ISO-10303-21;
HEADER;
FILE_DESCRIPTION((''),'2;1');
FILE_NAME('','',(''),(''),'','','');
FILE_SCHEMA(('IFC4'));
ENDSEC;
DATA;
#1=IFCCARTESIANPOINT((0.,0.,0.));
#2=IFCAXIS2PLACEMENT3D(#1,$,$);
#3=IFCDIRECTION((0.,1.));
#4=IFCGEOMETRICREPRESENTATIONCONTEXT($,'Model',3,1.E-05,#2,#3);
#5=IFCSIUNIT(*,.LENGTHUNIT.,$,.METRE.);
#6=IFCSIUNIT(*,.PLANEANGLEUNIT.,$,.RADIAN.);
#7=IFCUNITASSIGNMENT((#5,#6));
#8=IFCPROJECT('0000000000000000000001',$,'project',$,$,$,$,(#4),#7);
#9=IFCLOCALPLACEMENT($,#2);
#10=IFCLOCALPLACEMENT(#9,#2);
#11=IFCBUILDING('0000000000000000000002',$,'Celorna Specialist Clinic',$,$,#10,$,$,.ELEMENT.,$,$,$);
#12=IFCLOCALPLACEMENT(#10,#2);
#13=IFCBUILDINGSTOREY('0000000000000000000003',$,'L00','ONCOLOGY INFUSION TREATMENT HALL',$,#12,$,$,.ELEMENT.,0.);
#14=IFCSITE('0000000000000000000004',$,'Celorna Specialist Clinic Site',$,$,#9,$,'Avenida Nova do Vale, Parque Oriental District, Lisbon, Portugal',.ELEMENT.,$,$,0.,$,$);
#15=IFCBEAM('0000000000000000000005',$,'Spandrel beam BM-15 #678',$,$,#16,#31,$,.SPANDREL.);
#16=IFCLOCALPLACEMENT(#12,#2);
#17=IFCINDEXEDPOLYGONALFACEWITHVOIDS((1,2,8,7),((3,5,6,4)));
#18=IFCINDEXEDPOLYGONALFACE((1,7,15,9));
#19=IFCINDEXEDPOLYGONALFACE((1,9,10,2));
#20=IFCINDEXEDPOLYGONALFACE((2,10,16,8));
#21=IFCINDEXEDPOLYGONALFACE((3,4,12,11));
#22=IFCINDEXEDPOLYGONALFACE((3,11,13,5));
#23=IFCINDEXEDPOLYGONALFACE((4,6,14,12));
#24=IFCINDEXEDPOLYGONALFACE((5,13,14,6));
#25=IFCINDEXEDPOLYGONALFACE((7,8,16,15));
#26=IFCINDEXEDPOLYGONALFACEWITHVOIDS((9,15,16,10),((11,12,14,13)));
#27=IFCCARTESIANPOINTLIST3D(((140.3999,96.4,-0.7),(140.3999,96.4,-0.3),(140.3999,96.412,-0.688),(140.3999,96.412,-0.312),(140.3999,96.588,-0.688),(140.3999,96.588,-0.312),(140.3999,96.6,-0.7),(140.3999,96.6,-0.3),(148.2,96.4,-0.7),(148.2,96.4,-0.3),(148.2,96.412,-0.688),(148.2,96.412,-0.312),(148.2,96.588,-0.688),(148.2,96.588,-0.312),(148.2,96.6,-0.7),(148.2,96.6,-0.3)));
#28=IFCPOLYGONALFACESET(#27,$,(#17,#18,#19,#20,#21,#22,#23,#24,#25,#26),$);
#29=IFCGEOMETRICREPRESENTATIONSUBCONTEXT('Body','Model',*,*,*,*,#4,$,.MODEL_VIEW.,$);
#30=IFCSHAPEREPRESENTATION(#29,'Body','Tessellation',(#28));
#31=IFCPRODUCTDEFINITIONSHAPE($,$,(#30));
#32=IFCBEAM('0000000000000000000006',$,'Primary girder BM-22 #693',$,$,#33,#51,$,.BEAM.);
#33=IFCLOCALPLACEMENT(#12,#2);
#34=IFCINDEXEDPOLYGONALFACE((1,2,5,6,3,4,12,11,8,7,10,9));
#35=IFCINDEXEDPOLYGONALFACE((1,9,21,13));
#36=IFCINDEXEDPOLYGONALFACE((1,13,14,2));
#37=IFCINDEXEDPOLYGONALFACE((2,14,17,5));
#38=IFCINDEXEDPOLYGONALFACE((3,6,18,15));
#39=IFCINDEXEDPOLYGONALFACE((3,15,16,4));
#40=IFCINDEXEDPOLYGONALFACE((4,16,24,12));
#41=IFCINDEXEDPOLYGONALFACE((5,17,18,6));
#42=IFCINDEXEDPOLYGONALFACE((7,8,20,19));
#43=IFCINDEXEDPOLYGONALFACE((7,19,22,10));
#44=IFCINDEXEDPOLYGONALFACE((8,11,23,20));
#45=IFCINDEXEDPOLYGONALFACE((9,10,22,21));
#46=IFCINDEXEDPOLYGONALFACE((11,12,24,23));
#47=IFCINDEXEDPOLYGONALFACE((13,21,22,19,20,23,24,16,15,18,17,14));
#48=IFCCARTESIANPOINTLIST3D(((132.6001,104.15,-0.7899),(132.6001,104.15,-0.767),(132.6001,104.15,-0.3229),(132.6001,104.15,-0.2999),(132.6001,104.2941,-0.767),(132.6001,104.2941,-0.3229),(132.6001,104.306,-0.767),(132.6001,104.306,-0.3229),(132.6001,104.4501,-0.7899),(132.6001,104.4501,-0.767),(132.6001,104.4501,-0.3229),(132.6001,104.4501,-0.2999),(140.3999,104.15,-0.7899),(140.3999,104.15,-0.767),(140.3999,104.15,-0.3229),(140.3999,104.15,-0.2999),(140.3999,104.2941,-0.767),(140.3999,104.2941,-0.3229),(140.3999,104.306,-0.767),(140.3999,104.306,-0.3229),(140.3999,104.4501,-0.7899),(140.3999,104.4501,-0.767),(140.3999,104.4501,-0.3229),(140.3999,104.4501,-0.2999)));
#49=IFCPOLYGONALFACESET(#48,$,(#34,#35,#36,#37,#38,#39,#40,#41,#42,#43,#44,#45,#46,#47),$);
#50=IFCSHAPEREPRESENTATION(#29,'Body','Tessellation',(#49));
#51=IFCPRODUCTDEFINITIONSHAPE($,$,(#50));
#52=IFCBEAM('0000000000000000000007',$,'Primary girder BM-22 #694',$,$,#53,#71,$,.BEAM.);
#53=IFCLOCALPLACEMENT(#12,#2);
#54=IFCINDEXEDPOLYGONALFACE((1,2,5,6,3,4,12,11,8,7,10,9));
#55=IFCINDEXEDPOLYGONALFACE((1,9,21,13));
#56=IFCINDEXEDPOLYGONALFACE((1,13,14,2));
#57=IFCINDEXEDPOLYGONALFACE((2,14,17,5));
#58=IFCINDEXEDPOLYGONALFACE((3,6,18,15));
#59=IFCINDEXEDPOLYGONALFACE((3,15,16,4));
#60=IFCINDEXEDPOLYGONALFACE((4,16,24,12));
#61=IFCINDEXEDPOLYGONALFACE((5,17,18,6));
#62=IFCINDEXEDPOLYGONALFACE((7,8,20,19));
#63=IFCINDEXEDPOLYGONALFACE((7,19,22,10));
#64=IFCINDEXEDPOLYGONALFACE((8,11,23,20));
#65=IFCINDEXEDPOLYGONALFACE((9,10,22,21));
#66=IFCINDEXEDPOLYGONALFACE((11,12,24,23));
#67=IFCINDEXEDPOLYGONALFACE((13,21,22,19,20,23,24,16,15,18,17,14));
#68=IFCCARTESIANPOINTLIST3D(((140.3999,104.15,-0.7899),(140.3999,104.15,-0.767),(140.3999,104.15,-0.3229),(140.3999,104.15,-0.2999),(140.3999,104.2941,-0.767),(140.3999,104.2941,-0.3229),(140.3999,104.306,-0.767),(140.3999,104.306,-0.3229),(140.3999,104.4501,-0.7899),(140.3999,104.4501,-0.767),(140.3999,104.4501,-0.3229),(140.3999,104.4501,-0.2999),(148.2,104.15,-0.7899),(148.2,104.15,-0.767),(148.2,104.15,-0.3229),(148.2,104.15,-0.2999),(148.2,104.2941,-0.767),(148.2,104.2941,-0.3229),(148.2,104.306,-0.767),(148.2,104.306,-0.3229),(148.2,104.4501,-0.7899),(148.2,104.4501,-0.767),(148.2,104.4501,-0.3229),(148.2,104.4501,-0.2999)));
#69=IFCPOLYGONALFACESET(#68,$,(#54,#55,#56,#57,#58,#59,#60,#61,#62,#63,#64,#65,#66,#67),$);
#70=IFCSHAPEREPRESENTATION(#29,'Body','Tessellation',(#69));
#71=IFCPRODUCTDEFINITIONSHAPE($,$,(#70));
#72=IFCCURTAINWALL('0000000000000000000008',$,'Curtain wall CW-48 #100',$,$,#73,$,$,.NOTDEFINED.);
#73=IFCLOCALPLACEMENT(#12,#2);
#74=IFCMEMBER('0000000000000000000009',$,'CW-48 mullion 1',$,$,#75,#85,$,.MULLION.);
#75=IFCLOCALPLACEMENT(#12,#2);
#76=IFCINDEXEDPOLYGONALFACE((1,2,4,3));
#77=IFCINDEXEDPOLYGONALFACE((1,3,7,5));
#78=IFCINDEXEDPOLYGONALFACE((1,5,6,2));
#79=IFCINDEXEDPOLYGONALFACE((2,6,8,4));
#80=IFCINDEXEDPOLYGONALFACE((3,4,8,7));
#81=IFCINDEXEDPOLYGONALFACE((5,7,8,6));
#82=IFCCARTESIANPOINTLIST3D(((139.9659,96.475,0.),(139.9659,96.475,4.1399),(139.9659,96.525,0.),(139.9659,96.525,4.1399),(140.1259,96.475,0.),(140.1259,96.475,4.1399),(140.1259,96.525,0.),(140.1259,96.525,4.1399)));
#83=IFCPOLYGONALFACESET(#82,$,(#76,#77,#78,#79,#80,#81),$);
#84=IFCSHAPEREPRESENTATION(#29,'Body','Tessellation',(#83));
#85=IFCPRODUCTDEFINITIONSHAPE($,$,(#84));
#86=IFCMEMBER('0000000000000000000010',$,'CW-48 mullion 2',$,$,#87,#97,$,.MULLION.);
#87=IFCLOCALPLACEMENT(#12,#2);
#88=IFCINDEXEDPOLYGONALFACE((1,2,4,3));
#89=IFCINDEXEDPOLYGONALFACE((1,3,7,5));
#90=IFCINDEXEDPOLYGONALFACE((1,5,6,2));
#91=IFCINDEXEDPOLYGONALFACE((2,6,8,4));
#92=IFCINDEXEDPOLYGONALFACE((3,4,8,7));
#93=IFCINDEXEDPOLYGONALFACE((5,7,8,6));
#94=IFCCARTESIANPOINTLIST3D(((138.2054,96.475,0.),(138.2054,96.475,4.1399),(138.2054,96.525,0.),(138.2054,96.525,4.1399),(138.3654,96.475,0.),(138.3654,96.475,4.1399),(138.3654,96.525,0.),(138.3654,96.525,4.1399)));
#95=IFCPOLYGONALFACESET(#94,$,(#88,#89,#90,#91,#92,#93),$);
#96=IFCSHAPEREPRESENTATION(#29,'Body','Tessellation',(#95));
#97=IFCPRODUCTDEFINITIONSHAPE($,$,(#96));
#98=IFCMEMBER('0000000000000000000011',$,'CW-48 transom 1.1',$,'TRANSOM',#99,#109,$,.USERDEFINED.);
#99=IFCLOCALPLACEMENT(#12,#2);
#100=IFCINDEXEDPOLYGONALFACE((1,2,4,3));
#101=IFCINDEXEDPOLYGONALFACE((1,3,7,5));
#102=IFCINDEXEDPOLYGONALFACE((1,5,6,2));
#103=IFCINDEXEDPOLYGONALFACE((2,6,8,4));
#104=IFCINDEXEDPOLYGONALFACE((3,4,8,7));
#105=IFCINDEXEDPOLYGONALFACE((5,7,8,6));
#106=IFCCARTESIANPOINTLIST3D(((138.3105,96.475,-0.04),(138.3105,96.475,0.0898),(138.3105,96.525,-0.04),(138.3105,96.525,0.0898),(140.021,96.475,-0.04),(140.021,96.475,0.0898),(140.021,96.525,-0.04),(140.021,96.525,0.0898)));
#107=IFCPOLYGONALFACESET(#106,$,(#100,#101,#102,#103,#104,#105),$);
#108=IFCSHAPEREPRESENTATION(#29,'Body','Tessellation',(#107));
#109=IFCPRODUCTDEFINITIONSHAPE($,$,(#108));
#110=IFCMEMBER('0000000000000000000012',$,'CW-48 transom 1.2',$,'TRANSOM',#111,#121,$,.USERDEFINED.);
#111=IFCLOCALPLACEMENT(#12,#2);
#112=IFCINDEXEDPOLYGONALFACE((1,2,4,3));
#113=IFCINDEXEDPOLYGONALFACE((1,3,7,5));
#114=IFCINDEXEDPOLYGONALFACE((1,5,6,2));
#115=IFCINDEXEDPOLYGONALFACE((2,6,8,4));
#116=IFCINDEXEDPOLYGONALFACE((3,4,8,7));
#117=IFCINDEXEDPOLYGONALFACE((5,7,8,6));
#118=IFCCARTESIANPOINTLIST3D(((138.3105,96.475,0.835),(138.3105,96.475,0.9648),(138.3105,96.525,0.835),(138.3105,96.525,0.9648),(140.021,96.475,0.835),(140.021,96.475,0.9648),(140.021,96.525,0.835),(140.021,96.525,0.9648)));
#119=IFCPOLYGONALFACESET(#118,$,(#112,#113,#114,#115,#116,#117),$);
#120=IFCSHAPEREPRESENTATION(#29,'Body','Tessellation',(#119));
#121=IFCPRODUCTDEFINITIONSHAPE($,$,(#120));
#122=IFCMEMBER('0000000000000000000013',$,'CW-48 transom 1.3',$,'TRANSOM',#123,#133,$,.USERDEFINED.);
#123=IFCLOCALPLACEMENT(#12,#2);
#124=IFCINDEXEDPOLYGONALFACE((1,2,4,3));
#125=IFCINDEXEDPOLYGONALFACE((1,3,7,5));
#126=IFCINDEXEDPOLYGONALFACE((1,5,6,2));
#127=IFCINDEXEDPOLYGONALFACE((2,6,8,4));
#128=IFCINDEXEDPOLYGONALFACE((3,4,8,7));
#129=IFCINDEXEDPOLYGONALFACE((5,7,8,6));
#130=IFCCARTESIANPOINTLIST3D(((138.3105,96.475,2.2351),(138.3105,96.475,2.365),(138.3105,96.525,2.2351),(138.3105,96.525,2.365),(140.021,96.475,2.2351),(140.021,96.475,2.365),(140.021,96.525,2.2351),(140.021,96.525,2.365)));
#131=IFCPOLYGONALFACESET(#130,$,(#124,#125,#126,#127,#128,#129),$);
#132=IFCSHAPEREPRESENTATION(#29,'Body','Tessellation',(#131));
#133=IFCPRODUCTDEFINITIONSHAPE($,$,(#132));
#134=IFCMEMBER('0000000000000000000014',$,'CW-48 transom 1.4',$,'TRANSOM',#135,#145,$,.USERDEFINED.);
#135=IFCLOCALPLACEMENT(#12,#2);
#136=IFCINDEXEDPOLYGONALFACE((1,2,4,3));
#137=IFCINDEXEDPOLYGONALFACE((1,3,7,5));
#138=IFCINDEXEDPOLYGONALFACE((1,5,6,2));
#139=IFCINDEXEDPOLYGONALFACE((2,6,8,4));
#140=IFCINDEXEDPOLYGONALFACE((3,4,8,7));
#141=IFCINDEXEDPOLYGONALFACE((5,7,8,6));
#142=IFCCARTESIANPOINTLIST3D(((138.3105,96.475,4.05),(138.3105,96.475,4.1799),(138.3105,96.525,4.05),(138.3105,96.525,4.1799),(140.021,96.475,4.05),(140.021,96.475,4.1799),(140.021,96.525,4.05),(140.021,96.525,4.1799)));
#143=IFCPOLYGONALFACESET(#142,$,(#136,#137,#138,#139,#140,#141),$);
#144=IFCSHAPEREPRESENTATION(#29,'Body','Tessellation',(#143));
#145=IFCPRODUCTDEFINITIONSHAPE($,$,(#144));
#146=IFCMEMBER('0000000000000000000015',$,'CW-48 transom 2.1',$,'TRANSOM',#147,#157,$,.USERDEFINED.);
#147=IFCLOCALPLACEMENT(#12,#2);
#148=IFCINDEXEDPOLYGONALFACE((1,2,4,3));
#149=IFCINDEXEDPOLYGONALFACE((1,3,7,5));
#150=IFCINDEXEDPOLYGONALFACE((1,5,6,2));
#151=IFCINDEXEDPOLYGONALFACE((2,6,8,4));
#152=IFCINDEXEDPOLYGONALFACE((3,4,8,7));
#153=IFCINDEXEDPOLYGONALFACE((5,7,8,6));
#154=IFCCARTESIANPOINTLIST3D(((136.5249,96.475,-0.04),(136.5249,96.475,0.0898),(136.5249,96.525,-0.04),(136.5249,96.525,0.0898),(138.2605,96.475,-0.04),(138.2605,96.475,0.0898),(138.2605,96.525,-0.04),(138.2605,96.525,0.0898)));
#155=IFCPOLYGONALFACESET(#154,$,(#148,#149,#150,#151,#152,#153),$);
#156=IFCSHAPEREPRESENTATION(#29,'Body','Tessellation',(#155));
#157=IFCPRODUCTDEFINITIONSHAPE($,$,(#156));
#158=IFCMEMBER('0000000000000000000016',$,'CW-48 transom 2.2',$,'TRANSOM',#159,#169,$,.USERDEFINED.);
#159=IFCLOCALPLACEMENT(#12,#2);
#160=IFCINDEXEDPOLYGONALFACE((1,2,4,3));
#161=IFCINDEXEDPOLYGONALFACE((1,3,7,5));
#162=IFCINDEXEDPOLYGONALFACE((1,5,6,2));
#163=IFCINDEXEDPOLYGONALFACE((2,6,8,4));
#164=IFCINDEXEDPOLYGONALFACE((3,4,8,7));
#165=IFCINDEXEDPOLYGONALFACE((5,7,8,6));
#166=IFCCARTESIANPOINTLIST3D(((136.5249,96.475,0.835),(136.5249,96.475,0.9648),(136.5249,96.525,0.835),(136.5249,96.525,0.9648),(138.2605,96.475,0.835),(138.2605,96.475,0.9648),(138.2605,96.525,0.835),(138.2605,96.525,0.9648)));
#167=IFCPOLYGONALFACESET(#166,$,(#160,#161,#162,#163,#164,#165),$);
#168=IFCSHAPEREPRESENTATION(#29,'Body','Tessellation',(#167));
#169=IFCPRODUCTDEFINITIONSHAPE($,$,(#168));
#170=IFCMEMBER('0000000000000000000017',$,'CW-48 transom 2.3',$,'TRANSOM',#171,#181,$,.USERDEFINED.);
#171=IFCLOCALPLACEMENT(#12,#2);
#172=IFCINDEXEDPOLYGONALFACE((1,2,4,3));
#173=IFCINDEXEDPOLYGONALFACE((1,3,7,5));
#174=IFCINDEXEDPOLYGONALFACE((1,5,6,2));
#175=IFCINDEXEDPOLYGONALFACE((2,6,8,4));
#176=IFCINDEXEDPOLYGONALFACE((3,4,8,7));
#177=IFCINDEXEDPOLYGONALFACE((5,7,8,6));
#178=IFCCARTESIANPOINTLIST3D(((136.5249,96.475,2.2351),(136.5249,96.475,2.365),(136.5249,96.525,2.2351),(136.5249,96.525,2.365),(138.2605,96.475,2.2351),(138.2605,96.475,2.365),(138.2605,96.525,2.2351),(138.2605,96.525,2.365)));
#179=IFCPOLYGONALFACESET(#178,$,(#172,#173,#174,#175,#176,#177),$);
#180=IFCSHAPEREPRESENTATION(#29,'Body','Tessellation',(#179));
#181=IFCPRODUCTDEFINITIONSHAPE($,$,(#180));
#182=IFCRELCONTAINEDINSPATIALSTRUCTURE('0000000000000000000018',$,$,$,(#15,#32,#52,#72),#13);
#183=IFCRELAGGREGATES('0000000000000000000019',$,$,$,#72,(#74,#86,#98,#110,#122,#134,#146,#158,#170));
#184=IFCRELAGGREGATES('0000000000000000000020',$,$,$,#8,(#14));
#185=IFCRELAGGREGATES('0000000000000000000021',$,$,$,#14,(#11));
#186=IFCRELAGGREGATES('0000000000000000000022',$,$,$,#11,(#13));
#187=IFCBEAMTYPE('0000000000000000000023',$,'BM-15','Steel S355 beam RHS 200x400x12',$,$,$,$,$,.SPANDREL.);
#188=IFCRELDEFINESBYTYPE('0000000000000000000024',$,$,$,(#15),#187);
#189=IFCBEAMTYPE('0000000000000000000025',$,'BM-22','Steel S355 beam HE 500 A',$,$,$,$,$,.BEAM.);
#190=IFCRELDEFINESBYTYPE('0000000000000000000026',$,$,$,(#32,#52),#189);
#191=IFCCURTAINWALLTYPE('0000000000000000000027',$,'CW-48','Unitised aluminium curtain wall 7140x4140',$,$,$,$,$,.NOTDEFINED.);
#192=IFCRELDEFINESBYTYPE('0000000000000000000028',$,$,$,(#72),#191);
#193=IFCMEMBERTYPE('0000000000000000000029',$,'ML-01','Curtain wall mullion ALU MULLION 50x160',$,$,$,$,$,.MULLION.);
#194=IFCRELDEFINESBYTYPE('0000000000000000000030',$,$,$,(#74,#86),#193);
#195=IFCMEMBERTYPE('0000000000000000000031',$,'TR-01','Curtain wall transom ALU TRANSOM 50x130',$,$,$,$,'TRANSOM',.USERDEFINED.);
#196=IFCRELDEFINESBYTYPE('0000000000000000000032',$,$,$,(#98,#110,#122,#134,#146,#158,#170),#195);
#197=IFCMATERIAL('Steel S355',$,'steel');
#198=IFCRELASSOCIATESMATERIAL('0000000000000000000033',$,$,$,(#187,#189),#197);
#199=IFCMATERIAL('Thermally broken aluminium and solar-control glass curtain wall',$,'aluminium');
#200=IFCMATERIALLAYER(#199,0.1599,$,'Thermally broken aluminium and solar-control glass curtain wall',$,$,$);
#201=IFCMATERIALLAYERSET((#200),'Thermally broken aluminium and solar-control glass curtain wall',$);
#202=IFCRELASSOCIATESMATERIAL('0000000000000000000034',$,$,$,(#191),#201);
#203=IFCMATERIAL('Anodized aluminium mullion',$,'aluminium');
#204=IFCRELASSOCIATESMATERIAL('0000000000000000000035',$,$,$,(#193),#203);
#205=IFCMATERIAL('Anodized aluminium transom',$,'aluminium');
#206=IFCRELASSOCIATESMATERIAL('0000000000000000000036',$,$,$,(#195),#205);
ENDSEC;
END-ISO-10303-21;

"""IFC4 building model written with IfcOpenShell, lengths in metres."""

from ifc_helpers import new_model, si_unit, direction, frame, origin, origin_2d, place, context, subcontext, project, spatial, rectangle, hollow_rectangle, i_section, extrude, material, layer, layer_set, material_profile, profile_set, type_object, element, aggregate, save


model = new_model("IFC4")

# Units and contexts
model_context = context("Model", 3, precision=1e-05, world=origin(), true_north=direction((0.0, 1.0)))
body_context = subcontext(model_context, "Body", "Model", "MODEL_VIEW")
ifc_project = project(units=[si_unit("LENGTHUNIT", "METRE"), si_unit("PLANEANGLEUNIT", "RADIAN")], contexts=[model_context])

# Site, building, storey
site_placement = place(None, origin())
site = spatial("IfcSite", under=ifc_project, at=site_placement, Name="Celorna Specialist Clinic Site", LongName="Avenida Nova do Vale, Parque Oriental District, Lisbon, Portugal", CompositionType="ELEMENT", RefElevation=0.0)
building_placement = place(site_placement, origin())
building = spatial("IfcBuilding", under=site, at=building_placement, Name="Celorna Specialist Clinic", CompositionType="ELEMENT")
storey_placement = place(building_placement, origin())
storey = spatial("IfcBuildingStorey", under=building, at=storey_placement, Name="L00", Description="ONCOLOGY INFUSION TREATMENT HALL", CompositionType="ELEMENT", Elevation=0.0)

# Beams
ifc_material_1 = material(Name="Steel S355", Category="steel")
ifc_material_profile_1 = material_profile(ifc_material_1, hollow_rectangle(XDim=0.2, YDim=0.3999, WallThickness=0.012, at=origin_2d()), Name="RHS 200x400x12")
ifc_profile_set_1 = profile_set([ifc_material_profile_1], Name="Steel S355")
beam_type_1 = type_object("IfcBeamType", Name="BM-15", Description="Steel S355 beam RHS 200x400x12", PredefinedType="SPANDREL", material=ifc_profile_set_1)
beam_1_placement = place(storey_placement, frame((140.3999, 96.5, -0.5), z_axis=(1.0, 0.0, 0.0), x_axis=(0.0, 1.0, 0.0)))
element("IfcBeam", 1, at=beam_1_placement, inside=storey, type_object=beam_type_1, Name="Spandrel beam BM-15 #678", PredefinedType="SPANDREL", context=body_context, shape_type="SweptSolid", body=[
    extrude(hollow_rectangle(XDim=0.2, YDim=0.3999, WallThickness=0.012, at=origin_2d()), origin(), (0.0, 0.0, 1.0), 7.8),
])
ifc_material_profile_2 = material_profile(ifc_material_1, i_section(OverallWidth=0.3, OverallDepth=0.49, WebThickness=0.012, FlangeThickness=0.0229, at=origin_2d()), Name="HE 500 A")
ifc_profile_set_2 = profile_set([ifc_material_profile_2], Name="Steel S355")
beam_type_2 = type_object("IfcBeamType", Name="BM-22", Description="Steel S355 beam HE 500 A", PredefinedType="BEAM", material=ifc_profile_set_2)
beam_2_placement = place(storey_placement, frame((132.6001, 104.3, -0.5449), z_axis=(1.0, 0.0, 0.0), x_axis=(0.0, 1.0, 0.0)))
element("IfcBeam", 2, at=beam_2_placement, inside=storey, type_object=beam_type_2, Name="Primary girder BM-22 #693", PredefinedType="BEAM", context=body_context, shape_type="SweptSolid", body=[
    extrude(i_section(OverallWidth=0.3, OverallDepth=0.49, WebThickness=0.012, FlangeThickness=0.0229, at=origin_2d()), origin(), (0.0, 0.0, 1.0), 7.7998),
])
beam_3_placement = place(storey_placement, frame((140.3999, 104.3, -0.5449), z_axis=(1.0, 0.0, 0.0), x_axis=(0.0, 1.0, 0.0)))
element("IfcBeam", 3, at=beam_3_placement, inside=storey, type_object=beam_type_2, Name="Primary girder BM-22 #694", PredefinedType="BEAM", context=body_context, shape_type="SweptSolid", body=[
    extrude(i_section(OverallWidth=0.3, OverallDepth=0.49, WebThickness=0.012, FlangeThickness=0.0229, at=origin_2d()), origin(), (0.0, 0.0, 1.0), 7.8),
])

# Curtain wall, members
ifc_material_2 = material(Name="Thermally broken aluminium and solar-control glass curtain wall", Category="aluminium")
ifc_layer_1 = layer(ifc_material_2, 0.1599, Name="Thermally broken aluminium and solar-control glass curtain wall")
ifc_layer_set_1 = layer_set([ifc_layer_1], Name="Thermally broken aluminium and solar-control glass curtain wall")
curtain_wall_type = type_object("IfcCurtainWallType", Name="CW-48", Description="Unitised aluminium curtain wall 7140x4140", PredefinedType="NOTDEFINED", material=ifc_layer_set_1)
curtain_wall_placement = place(storey_placement, origin())
curtain_wall = element("IfcCurtainWall", 4, at=curtain_wall_placement, inside=storey, type_object=curtain_wall_type, Name="Curtain wall CW-48 #100", PredefinedType="NOTDEFINED")
ifc_material_3 = material(Name="Anodized aluminium mullion", Category="aluminium")
ifc_material_profile_3 = material_profile(ifc_material_3, rectangle(XDim=0.05, YDim=0.1599, at=origin_2d()), Name="ALU MULLION 50x160")
ifc_profile_set_3 = profile_set([ifc_material_profile_3], Name="Anodized aluminium mullion")
member_type_1 = type_object("IfcMemberType", Name="ML-01", Description="Curtain wall mullion ALU MULLION 50x160", PredefinedType="MULLION", material=ifc_profile_set_3)
member_1_placement = place(storey_placement, frame((140.0459, 96.5, 0.0), z_axis=(0.0, 0.0, 1.0), x_axis=(0.0, -1.0, 0.0)))
member_1 = element("IfcMember", 5, at=member_1_placement, type_object=member_type_1, Name="CW-48 mullion 1", PredefinedType="MULLION", context=body_context, shape_type="SweptSolid", body=[
    extrude(rectangle(XDim=0.05, YDim=0.1599, at=origin_2d()), origin(), (0.0, 0.0, 1.0), 4.1399),
])
member_2_placement = place(storey_placement, frame((138.2854, 96.5, 0.0), z_axis=(0.0, 0.0, 1.0), x_axis=(0.0, -1.0, 0.0)))
member_2 = element("IfcMember", 6, at=member_2_placement, type_object=member_type_1, Name="CW-48 mullion 2", PredefinedType="MULLION", context=body_context, shape_type="SweptSolid", body=[
    extrude(rectangle(XDim=0.05, YDim=0.1599, at=origin_2d()), origin(), (0.0, 0.0, 1.0), 4.1399),
])
ifc_material_4 = material(Name="Anodized aluminium transom", Category="aluminium")
ifc_material_profile_4 = material_profile(ifc_material_4, rectangle(XDim=0.05, YDim=0.1299, at=origin_2d()), Name="ALU TRANSOM 50x130")
ifc_profile_set_4 = profile_set([ifc_material_profile_4], Name="Anodized aluminium transom")
member_type_2 = type_object("IfcMemberType", Name="TR-01", Description="Curtain wall transom ALU TRANSOM 50x130", ElementType="TRANSOM", PredefinedType="USERDEFINED", material=ifc_profile_set_4)
member_3_placement = place(storey_placement, frame((140.021, 96.5, 0.0249), z_axis=(-1.0, 0.0, 0.0), x_axis=(0.0, -1.0, 0.0)))
member_3 = element("IfcMember", 7, at=member_3_placement, type_object=member_type_2, Name="CW-48 transom 1.1", ObjectType="TRANSOM", PredefinedType="USERDEFINED", context=body_context, shape_type="SweptSolid", body=[
    extrude(rectangle(XDim=0.05, YDim=0.1299, at=origin_2d()), origin(), (0.0, 0.0, 1.0), 1.7104),
])
member_4_placement = place(storey_placement, frame((140.021, 96.5, 0.8999), z_axis=(-1.0, 0.0, 0.0), x_axis=(0.0, -1.0, 0.0)))
member_4 = element("IfcMember", 8, at=member_4_placement, type_object=member_type_2, Name="CW-48 transom 1.2", ObjectType="TRANSOM", PredefinedType="USERDEFINED", context=body_context, shape_type="SweptSolid", body=[
    extrude(rectangle(XDim=0.05, YDim=0.1299, at=origin_2d()), origin(), (0.0, 0.0, 1.0), 1.7104),
])
member_5_placement = place(storey_placement, frame((140.021, 96.5, 2.3), z_axis=(-1.0, 0.0, 0.0), x_axis=(0.0, -1.0, 0.0)))
member_5 = element("IfcMember", 9, at=member_5_placement, type_object=member_type_2, Name="CW-48 transom 1.3", ObjectType="TRANSOM", PredefinedType="USERDEFINED", context=body_context, shape_type="SweptSolid", body=[
    extrude(rectangle(XDim=0.05, YDim=0.1299, at=origin_2d()), origin(), (0.0, 0.0, 1.0), 1.7104),
])
member_6_placement = place(storey_placement, frame((140.021, 96.5, 4.115), z_axis=(-1.0, 0.0, 0.0), x_axis=(0.0, -1.0, 0.0)))
member_6 = element("IfcMember", 10, at=member_6_placement, type_object=member_type_2, Name="CW-48 transom 1.4", ObjectType="TRANSOM", PredefinedType="USERDEFINED", context=body_context, shape_type="SweptSolid", body=[
    extrude(rectangle(XDim=0.05, YDim=0.1299, at=origin_2d()), origin(), (0.0, 0.0, 1.0), 1.7104),
])
member_7_placement = place(storey_placement, frame((138.2605, 96.5, 0.0249), z_axis=(-1.0, 0.0, 0.0), x_axis=(0.0, -1.0, 0.0)))
member_7 = element("IfcMember", 11, at=member_7_placement, type_object=member_type_2, Name="CW-48 transom 2.1", ObjectType="TRANSOM", PredefinedType="USERDEFINED", context=body_context, shape_type="SweptSolid", body=[
    extrude(rectangle(XDim=0.05, YDim=0.1299, at=origin_2d()), origin(), (0.0, 0.0, 1.0), 1.7356),
])
member_8_placement = place(storey_placement, frame((138.2605, 96.5, 0.8999), z_axis=(-1.0, 0.0, 0.0), x_axis=(0.0, -1.0, 0.0)))
member_8 = element("IfcMember", 12, at=member_8_placement, type_object=member_type_2, Name="CW-48 transom 2.2", ObjectType="TRANSOM", PredefinedType="USERDEFINED", context=body_context, shape_type="SweptSolid", body=[
    extrude(rectangle(XDim=0.05, YDim=0.1299, at=origin_2d()), origin(), (0.0, 0.0, 1.0), 1.7356),
])
member_9_placement = place(storey_placement, frame((138.2605, 96.5, 2.3), z_axis=(-1.0, 0.0, 0.0), x_axis=(0.0, -1.0, 0.0)))
member_9 = element("IfcMember", 13, at=member_9_placement, type_object=member_type_2, Name="CW-48 transom 2.3", ObjectType="TRANSOM", PredefinedType="USERDEFINED", context=body_context, shape_type="SweptSolid", body=[
    extrude(rectangle(XDim=0.05, YDim=0.1299, at=origin_2d()), origin(), (0.0, 0.0, 1.0), 1.7356),
])
aggregate(curtain_wall, [member_1, member_2, member_3, member_4, member_5, member_6, member_7, member_8, member_9])

save(model, "model.ifc")
